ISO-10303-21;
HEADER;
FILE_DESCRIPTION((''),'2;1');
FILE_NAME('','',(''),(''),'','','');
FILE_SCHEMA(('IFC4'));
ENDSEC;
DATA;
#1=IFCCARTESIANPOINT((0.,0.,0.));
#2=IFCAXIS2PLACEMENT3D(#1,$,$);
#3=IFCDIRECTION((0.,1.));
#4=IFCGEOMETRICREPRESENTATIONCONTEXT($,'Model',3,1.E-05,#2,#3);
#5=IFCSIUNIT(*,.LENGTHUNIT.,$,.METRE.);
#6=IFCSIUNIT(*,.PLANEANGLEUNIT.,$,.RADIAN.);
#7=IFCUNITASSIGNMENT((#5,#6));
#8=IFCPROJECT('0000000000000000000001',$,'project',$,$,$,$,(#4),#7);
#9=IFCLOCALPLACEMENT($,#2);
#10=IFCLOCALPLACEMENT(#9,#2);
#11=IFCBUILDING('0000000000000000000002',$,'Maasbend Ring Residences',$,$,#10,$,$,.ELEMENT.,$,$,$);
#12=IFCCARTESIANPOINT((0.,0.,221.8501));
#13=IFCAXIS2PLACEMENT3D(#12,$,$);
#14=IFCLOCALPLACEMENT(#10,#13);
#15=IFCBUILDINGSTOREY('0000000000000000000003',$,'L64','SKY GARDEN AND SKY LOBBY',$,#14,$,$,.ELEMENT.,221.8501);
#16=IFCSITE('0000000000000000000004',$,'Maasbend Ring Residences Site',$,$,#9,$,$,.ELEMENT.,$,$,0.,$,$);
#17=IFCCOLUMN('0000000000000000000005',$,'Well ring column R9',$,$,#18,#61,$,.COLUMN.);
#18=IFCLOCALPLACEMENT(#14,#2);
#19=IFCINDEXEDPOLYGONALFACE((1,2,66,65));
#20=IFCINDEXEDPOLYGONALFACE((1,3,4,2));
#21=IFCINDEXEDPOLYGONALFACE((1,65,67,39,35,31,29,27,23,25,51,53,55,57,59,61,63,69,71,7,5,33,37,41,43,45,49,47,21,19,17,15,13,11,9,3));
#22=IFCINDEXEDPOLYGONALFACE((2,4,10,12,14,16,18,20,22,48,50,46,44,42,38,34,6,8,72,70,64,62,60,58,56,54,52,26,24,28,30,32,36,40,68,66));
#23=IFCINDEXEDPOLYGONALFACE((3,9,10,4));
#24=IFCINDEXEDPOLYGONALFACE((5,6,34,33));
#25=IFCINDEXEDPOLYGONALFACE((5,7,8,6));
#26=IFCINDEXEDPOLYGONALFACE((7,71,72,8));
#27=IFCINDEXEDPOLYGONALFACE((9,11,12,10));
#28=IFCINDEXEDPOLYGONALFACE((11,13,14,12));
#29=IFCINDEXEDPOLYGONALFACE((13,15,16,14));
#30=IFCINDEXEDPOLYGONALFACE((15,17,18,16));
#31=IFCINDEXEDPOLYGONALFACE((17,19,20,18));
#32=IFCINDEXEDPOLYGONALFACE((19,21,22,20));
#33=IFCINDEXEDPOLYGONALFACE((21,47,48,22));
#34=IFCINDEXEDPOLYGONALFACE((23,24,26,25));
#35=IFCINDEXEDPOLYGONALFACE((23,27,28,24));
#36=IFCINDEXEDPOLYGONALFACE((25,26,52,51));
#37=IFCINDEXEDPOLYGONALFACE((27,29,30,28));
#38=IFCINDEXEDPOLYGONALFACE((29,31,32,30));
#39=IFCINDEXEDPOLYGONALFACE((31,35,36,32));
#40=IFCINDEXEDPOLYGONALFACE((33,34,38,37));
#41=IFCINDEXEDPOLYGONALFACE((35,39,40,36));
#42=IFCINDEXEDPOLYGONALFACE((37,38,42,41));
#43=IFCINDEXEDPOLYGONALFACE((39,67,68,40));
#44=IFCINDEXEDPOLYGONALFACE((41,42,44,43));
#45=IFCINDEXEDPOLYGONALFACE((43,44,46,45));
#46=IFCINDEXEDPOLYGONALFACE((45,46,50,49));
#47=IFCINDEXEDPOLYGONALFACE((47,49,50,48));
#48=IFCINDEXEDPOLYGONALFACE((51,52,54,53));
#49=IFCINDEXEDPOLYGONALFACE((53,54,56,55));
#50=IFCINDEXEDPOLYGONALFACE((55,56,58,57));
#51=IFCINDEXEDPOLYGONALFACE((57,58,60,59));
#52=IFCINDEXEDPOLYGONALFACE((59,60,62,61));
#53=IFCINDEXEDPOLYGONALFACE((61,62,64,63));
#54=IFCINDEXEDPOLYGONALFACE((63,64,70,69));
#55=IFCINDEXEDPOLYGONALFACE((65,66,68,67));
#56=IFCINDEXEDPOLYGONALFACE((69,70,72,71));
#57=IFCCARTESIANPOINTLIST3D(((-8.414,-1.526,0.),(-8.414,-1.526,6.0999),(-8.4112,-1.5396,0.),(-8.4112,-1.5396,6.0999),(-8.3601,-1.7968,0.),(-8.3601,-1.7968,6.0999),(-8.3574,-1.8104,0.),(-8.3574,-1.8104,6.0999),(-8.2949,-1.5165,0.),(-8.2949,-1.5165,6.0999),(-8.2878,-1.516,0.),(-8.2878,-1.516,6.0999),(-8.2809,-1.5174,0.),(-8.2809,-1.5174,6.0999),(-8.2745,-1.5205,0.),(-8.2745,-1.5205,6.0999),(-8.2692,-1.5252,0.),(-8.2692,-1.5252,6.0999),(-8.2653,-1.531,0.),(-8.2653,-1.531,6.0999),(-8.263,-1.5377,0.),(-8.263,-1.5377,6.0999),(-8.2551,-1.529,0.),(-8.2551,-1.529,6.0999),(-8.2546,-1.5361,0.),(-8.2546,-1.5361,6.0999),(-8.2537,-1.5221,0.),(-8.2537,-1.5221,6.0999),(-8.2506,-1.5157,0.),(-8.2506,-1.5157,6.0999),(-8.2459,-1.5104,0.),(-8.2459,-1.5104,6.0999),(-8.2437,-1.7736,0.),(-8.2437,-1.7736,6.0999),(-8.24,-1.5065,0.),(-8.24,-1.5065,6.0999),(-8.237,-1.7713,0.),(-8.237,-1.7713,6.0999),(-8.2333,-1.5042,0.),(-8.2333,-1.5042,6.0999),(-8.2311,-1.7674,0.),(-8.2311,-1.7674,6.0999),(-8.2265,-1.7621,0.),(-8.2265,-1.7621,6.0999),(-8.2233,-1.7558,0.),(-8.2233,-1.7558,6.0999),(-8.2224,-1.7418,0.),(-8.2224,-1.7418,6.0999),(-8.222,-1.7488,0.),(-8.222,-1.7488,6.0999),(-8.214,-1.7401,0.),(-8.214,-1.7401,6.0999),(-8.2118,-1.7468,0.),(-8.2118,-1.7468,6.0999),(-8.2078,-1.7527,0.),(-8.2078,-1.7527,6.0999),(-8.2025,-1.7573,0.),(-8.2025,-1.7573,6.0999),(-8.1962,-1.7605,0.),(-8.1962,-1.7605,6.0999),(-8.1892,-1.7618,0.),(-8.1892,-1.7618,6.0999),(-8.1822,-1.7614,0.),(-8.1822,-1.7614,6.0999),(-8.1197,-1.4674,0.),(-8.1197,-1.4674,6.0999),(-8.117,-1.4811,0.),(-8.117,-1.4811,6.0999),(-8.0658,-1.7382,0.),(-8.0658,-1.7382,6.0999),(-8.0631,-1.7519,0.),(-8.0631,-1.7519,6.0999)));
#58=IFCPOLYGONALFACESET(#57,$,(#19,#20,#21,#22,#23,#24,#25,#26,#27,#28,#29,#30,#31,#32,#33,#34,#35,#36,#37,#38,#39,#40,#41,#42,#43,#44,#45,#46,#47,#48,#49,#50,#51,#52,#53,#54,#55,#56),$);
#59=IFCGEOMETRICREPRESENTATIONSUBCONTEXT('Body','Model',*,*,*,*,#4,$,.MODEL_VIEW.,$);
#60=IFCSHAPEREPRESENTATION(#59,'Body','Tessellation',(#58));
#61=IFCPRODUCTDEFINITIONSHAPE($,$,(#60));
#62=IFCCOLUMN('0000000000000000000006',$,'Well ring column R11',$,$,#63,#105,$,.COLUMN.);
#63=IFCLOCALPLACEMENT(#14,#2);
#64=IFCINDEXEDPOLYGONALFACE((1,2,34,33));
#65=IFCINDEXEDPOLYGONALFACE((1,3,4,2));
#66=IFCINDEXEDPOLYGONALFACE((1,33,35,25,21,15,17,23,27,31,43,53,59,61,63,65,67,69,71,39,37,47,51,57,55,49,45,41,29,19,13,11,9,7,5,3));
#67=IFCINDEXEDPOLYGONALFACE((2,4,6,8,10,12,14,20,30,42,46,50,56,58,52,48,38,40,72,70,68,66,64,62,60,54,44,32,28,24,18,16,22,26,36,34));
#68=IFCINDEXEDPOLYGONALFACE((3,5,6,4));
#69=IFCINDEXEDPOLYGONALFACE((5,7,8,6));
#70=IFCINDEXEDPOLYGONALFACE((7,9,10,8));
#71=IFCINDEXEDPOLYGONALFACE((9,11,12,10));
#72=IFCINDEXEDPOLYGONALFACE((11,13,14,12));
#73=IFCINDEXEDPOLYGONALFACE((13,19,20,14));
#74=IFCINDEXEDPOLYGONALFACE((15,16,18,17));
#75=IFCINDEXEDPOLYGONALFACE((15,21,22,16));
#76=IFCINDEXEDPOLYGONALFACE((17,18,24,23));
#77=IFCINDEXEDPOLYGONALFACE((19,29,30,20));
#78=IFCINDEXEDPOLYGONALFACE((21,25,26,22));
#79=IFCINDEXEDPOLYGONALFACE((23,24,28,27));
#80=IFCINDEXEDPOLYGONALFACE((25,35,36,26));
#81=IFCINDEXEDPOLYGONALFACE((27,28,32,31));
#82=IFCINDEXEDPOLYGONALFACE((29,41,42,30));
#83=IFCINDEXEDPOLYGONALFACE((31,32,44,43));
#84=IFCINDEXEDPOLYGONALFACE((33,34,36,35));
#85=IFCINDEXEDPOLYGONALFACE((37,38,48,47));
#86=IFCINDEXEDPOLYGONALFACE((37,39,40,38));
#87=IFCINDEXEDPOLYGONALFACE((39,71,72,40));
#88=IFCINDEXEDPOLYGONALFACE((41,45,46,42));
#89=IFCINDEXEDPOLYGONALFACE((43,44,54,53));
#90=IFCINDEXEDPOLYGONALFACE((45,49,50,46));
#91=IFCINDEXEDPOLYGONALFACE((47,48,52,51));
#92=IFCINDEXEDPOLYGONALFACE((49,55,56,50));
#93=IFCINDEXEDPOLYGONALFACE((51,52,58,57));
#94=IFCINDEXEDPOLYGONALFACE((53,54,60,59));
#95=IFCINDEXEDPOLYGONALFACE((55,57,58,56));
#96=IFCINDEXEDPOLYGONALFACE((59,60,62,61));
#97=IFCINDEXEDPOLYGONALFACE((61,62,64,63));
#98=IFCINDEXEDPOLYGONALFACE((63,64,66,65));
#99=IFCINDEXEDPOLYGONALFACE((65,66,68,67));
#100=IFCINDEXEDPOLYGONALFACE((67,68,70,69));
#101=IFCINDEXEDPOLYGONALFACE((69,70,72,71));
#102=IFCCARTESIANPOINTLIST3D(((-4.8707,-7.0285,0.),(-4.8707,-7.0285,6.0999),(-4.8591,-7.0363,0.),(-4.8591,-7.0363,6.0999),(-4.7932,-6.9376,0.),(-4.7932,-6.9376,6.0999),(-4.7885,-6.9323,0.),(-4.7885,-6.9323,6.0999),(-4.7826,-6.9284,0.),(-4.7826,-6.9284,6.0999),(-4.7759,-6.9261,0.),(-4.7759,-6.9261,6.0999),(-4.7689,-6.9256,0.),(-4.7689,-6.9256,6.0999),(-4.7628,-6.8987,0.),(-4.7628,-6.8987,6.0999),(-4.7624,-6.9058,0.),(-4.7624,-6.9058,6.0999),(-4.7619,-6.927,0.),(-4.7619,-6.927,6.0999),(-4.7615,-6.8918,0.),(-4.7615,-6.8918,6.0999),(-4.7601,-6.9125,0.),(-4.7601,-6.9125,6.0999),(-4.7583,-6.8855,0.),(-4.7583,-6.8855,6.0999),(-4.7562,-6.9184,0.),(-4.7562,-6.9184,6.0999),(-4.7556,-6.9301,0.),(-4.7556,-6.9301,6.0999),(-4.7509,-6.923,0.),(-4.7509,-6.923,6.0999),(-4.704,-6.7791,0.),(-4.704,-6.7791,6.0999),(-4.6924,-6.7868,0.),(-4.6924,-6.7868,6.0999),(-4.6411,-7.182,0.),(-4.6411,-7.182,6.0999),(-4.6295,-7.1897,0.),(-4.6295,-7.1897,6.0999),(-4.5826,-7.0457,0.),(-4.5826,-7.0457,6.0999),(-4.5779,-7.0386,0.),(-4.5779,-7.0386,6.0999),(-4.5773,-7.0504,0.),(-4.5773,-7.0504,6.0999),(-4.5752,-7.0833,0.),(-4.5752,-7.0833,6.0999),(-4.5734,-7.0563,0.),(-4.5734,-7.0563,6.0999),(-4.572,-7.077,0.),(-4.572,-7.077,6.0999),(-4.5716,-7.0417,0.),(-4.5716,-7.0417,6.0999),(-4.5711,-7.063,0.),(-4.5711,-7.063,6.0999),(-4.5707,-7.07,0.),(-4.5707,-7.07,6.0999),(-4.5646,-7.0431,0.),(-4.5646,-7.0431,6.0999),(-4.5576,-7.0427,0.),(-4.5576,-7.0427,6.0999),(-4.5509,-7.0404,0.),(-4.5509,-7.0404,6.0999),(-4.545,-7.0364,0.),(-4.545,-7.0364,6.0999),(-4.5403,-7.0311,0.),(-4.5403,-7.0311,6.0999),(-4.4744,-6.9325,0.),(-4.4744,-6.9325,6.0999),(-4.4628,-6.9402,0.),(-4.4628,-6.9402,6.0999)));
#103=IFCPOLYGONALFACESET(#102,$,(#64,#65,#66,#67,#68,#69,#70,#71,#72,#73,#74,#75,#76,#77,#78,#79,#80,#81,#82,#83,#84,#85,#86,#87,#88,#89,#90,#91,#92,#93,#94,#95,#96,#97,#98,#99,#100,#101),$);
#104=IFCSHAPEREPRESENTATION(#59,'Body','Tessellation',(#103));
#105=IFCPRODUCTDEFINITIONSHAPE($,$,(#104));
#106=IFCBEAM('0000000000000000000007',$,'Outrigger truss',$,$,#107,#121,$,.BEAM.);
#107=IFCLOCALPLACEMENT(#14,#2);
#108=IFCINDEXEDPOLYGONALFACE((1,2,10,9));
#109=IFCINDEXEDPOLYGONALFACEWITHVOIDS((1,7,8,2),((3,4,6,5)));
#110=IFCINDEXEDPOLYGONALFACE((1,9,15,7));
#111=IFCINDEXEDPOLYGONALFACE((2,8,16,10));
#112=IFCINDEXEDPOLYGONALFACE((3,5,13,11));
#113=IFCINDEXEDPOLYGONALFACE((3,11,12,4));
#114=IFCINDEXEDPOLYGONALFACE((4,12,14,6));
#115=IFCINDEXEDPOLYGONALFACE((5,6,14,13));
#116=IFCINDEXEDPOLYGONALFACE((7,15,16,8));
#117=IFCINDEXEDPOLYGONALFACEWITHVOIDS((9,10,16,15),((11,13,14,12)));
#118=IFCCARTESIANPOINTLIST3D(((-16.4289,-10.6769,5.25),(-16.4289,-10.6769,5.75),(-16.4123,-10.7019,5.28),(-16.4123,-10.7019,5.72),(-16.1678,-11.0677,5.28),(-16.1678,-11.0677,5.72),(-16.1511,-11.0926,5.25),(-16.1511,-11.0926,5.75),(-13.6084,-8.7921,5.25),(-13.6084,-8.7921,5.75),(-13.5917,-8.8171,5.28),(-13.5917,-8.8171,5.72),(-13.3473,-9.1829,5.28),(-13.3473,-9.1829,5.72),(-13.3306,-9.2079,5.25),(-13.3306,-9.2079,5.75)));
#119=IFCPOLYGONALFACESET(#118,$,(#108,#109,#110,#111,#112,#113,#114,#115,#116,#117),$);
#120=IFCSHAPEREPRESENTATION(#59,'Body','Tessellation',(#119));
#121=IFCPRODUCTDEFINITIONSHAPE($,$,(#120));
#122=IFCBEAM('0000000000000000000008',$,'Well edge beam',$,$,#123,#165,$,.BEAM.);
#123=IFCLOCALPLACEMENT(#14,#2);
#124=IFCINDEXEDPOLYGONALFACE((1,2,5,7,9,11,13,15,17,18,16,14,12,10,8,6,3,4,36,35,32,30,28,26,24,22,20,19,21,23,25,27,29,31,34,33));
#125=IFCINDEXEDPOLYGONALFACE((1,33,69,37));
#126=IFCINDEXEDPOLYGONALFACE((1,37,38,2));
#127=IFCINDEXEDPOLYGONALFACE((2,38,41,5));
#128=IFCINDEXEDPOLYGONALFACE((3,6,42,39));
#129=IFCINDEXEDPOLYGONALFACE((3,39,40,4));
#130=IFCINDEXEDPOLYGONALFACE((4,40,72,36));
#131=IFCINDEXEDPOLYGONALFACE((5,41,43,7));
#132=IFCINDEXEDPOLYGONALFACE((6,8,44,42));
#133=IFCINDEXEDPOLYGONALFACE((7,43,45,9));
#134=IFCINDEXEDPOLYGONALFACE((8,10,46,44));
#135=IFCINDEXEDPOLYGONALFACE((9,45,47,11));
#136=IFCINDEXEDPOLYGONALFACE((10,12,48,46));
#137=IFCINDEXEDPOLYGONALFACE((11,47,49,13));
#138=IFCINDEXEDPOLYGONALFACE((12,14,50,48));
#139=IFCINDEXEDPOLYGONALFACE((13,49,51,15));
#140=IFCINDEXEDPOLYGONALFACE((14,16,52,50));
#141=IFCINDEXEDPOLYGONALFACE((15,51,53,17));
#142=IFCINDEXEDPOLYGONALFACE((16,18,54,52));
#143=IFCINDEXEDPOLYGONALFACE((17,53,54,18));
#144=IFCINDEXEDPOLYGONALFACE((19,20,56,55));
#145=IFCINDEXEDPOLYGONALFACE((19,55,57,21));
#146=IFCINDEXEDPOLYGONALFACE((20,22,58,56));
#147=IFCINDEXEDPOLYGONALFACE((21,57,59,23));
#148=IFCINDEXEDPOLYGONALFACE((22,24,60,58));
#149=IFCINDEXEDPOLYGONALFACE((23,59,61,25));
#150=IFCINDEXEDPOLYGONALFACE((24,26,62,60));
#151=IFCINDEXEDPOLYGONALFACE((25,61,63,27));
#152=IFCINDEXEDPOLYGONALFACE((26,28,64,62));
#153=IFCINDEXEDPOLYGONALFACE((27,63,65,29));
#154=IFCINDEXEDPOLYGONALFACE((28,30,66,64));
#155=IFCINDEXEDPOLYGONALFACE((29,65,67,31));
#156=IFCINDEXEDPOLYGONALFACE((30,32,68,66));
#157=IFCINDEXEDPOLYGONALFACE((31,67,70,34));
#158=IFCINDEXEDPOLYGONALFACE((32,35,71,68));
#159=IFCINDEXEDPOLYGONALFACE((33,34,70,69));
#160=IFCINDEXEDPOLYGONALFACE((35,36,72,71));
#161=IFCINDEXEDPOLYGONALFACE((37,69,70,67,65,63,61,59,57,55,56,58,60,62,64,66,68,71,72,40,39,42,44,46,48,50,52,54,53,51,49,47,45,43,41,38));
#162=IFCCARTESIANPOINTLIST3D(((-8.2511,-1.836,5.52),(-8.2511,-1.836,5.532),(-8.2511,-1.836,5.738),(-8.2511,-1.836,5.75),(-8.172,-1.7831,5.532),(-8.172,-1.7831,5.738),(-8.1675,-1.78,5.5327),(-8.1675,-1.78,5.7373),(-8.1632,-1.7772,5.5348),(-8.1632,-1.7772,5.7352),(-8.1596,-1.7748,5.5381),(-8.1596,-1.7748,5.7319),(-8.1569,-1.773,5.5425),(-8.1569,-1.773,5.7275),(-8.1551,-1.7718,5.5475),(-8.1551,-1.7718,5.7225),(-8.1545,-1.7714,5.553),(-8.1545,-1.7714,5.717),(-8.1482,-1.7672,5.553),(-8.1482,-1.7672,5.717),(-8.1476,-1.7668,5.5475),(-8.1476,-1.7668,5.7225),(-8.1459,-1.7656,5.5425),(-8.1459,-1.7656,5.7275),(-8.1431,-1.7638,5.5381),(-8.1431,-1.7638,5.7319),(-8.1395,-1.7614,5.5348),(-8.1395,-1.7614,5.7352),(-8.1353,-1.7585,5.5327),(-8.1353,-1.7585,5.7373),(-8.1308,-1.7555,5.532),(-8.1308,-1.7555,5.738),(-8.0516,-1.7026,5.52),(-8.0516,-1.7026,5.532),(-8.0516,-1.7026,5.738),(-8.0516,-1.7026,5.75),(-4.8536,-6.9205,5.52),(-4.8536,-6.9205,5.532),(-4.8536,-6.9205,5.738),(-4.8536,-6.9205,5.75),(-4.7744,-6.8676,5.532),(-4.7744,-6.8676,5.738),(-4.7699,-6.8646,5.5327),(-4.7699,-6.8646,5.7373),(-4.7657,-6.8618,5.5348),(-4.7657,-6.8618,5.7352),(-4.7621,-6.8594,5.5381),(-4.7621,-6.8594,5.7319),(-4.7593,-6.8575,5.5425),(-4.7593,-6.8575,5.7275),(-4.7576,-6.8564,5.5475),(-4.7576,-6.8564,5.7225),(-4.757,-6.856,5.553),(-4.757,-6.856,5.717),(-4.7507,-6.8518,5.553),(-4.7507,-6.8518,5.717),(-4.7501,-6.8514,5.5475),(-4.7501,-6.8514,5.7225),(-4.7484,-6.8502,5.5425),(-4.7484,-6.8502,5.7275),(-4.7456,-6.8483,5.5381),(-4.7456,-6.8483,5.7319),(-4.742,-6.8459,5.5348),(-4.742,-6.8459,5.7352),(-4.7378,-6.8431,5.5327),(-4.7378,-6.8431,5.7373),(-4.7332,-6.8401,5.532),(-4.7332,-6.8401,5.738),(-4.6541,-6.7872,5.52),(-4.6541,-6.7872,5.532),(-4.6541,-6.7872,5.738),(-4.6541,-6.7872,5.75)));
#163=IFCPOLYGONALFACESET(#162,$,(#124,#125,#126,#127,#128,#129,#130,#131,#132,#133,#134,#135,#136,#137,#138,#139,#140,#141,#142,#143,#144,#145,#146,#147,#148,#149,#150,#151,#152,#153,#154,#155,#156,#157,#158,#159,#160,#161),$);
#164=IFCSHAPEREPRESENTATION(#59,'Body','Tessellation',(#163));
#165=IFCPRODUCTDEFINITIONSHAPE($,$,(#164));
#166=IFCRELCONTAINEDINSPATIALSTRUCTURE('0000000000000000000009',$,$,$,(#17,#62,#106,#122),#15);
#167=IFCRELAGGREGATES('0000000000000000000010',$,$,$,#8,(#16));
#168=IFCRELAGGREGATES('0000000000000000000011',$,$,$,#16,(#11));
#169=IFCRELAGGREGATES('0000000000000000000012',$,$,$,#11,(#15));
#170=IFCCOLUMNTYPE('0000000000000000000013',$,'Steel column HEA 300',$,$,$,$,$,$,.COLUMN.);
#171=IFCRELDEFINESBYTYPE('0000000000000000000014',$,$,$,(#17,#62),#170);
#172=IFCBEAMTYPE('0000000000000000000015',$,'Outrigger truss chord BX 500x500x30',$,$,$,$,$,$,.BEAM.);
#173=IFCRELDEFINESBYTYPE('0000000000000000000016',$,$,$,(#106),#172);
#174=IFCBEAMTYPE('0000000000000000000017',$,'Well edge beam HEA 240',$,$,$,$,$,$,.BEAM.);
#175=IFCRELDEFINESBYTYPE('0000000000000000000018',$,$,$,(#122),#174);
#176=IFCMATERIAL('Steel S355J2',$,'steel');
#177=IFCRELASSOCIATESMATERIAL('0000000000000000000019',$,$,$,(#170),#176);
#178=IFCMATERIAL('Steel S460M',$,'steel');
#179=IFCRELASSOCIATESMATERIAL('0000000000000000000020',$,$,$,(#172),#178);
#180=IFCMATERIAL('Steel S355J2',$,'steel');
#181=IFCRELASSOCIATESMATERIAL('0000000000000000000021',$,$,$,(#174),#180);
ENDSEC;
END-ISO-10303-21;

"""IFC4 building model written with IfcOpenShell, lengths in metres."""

from ifc_helpers import new_model, si_unit, direction, frame, origin, origin_2d, place, context, subcontext, project, spatial, hollow_rectangle, i_section, extrude, material, material_profile, profile_set, type_object, element, save


model = new_model("IFC4")

# Units and contexts
model_context = context("Model", 3, precision=1e-05, world=origin(), true_north=direction((0.0, 1.0)))
body_context = subcontext(model_context, "Body", "Model", "MODEL_VIEW")
ifc_project = project(units=[si_unit("LENGTHUNIT", "METRE"), si_unit("PLANEANGLEUNIT", "RADIAN")], contexts=[model_context])

# Site, building, storey
site_placement = place(None, origin())
site = spatial("IfcSite", under=ifc_project, at=site_placement, Name="Maasbend Ring Residences Site", CompositionType="ELEMENT", RefElevation=0.0)
building_placement = place(site_placement, origin())
building = spatial("IfcBuilding", under=site, at=building_placement, Name="Maasbend Ring Residences", CompositionType="ELEMENT")
storey_placement = place(building_placement, frame((0.0, 0.0, 221.8501)))
storey = spatial("IfcBuildingStorey", under=building, at=storey_placement, Name="L64", Description="SKY GARDEN AND SKY LOBBY", CompositionType="ELEMENT", Elevation=221.8501)

# Columns
ifc_material_1 = material(Name="Steel S355J2", Category="steel")
ifc_material_profile_1 = material_profile(ifc_material_1, i_section(OverallWidth=0.3, OverallDepth=0.29, WebThickness=0.0085, FlangeThickness=0.0139, FilletRadius=0.0271, at=origin_2d()), Name="HEA 300")
ifc_profile_set_1 = profile_set([ifc_material_profile_1], Name="Steel S355J2")
column_type = type_object("IfcColumnType", Name="Steel column HEA 300", PredefinedType="COLUMN", material=ifc_profile_set_1)
for number, where, z_axis, x_axis, name in (
    (1, (-8.2385, -1.6389, 0.0), (0.0, 0.0, 1.0), (-0.980785, -0.19509, 0.0), "Well ring column R9"),
    (2, (-4.6667, -6.9844, 0.0), (0.0, 0.0, 1.0), (-0.55557, -0.83147, 0.0), "Well ring column R11"),
):
    element("IfcColumn", number, at=place(storey_placement, frame(where, z_axis=z_axis, x_axis=x_axis)), inside=storey, type_object=column_type, Name=name, PredefinedType="COLUMN", context=body_context, shape_type="SweptSolid", body=[
        extrude(i_section(OverallWidth=0.3, OverallDepth=0.29, WebThickness=0.0085, FlangeThickness=0.0139, FilletRadius=0.0271, at=origin_2d()), origin(), (0.0, 0.0, 1.0), 6.0999),
    ])

# Beams
ifc_material_2 = material(Name="Steel S460M", Category="steel")
ifc_material_profile_2 = material_profile(ifc_material_2, hollow_rectangle(XDim=0.5, YDim=0.5, WallThickness=0.03, at=origin_2d()), Name="Outrigger truss chord BX 500x500x30")
ifc_profile_set_2 = profile_set([ifc_material_profile_2], Name="Steel S460M")
beam_type_1 = type_object("IfcBeamType", Name="Outrigger truss chord BX 500x500x30", PredefinedType="BEAM", material=ifc_profile_set_2)
beam_placement = place(storey_placement, frame((-16.29, -10.8848, 5.5), z_axis=(0.831452, 0.555597, 0.0), x_axis=(-0.555597, 0.831452, 0.0)))
element("IfcBeam", 3, at=beam_placement, inside=storey, type_object=beam_type_1, Name="Outrigger truss", PredefinedType="BEAM", context=body_context, shape_type="SweptSolid", body=[
    extrude(hollow_rectangle(XDim=0.5, YDim=0.5, WallThickness=0.03, at=origin_2d()), origin(), (0.0, 0.0, 1.0), 3.3923),
])
ifc_material_3 = material(Name="Steel S355J2", Category="steel")
ifc_material_profile_3 = material_profile(ifc_material_3, i_section(OverallWidth=0.24, OverallDepth=0.23, WebThickness=0.0076, FlangeThickness=0.012, FilletRadius=0.021, at=origin_2d()), Name="HEA 240")
ifc_profile_set_3 = profile_set([ifc_material_profile_3], Name="Steel S355J2")
beam_type_2 = type_object("IfcBeamType", Name="Well edge beam HEA 240", PredefinedType="BEAM", material=ifc_profile_set_3)
for number, where, z_axis, x_axis, name in (
    (4, (-8.1514, -1.7693, 5.635), (0.555584, -0.83146, 0.0), (0.83146, 0.555584, 0.0), "Well edge beam"),
):
    element("IfcBeam", number, at=place(storey_placement, frame(where, z_axis=z_axis, x_axis=x_axis)), inside=storey, type_object=beam_type_2, Name=name, PredefinedType="BEAM", context=body_context, shape_type="SweptSolid", body=[
        extrude(i_section(OverallWidth=0.24, OverallDepth=0.23, WebThickness=0.0076, FlangeThickness=0.012, FilletRadius=0.021, at=origin_2d()), origin(), (0.0, 0.0, 1.0), 6.1152),
    ])

save(model, "model.ifc")
